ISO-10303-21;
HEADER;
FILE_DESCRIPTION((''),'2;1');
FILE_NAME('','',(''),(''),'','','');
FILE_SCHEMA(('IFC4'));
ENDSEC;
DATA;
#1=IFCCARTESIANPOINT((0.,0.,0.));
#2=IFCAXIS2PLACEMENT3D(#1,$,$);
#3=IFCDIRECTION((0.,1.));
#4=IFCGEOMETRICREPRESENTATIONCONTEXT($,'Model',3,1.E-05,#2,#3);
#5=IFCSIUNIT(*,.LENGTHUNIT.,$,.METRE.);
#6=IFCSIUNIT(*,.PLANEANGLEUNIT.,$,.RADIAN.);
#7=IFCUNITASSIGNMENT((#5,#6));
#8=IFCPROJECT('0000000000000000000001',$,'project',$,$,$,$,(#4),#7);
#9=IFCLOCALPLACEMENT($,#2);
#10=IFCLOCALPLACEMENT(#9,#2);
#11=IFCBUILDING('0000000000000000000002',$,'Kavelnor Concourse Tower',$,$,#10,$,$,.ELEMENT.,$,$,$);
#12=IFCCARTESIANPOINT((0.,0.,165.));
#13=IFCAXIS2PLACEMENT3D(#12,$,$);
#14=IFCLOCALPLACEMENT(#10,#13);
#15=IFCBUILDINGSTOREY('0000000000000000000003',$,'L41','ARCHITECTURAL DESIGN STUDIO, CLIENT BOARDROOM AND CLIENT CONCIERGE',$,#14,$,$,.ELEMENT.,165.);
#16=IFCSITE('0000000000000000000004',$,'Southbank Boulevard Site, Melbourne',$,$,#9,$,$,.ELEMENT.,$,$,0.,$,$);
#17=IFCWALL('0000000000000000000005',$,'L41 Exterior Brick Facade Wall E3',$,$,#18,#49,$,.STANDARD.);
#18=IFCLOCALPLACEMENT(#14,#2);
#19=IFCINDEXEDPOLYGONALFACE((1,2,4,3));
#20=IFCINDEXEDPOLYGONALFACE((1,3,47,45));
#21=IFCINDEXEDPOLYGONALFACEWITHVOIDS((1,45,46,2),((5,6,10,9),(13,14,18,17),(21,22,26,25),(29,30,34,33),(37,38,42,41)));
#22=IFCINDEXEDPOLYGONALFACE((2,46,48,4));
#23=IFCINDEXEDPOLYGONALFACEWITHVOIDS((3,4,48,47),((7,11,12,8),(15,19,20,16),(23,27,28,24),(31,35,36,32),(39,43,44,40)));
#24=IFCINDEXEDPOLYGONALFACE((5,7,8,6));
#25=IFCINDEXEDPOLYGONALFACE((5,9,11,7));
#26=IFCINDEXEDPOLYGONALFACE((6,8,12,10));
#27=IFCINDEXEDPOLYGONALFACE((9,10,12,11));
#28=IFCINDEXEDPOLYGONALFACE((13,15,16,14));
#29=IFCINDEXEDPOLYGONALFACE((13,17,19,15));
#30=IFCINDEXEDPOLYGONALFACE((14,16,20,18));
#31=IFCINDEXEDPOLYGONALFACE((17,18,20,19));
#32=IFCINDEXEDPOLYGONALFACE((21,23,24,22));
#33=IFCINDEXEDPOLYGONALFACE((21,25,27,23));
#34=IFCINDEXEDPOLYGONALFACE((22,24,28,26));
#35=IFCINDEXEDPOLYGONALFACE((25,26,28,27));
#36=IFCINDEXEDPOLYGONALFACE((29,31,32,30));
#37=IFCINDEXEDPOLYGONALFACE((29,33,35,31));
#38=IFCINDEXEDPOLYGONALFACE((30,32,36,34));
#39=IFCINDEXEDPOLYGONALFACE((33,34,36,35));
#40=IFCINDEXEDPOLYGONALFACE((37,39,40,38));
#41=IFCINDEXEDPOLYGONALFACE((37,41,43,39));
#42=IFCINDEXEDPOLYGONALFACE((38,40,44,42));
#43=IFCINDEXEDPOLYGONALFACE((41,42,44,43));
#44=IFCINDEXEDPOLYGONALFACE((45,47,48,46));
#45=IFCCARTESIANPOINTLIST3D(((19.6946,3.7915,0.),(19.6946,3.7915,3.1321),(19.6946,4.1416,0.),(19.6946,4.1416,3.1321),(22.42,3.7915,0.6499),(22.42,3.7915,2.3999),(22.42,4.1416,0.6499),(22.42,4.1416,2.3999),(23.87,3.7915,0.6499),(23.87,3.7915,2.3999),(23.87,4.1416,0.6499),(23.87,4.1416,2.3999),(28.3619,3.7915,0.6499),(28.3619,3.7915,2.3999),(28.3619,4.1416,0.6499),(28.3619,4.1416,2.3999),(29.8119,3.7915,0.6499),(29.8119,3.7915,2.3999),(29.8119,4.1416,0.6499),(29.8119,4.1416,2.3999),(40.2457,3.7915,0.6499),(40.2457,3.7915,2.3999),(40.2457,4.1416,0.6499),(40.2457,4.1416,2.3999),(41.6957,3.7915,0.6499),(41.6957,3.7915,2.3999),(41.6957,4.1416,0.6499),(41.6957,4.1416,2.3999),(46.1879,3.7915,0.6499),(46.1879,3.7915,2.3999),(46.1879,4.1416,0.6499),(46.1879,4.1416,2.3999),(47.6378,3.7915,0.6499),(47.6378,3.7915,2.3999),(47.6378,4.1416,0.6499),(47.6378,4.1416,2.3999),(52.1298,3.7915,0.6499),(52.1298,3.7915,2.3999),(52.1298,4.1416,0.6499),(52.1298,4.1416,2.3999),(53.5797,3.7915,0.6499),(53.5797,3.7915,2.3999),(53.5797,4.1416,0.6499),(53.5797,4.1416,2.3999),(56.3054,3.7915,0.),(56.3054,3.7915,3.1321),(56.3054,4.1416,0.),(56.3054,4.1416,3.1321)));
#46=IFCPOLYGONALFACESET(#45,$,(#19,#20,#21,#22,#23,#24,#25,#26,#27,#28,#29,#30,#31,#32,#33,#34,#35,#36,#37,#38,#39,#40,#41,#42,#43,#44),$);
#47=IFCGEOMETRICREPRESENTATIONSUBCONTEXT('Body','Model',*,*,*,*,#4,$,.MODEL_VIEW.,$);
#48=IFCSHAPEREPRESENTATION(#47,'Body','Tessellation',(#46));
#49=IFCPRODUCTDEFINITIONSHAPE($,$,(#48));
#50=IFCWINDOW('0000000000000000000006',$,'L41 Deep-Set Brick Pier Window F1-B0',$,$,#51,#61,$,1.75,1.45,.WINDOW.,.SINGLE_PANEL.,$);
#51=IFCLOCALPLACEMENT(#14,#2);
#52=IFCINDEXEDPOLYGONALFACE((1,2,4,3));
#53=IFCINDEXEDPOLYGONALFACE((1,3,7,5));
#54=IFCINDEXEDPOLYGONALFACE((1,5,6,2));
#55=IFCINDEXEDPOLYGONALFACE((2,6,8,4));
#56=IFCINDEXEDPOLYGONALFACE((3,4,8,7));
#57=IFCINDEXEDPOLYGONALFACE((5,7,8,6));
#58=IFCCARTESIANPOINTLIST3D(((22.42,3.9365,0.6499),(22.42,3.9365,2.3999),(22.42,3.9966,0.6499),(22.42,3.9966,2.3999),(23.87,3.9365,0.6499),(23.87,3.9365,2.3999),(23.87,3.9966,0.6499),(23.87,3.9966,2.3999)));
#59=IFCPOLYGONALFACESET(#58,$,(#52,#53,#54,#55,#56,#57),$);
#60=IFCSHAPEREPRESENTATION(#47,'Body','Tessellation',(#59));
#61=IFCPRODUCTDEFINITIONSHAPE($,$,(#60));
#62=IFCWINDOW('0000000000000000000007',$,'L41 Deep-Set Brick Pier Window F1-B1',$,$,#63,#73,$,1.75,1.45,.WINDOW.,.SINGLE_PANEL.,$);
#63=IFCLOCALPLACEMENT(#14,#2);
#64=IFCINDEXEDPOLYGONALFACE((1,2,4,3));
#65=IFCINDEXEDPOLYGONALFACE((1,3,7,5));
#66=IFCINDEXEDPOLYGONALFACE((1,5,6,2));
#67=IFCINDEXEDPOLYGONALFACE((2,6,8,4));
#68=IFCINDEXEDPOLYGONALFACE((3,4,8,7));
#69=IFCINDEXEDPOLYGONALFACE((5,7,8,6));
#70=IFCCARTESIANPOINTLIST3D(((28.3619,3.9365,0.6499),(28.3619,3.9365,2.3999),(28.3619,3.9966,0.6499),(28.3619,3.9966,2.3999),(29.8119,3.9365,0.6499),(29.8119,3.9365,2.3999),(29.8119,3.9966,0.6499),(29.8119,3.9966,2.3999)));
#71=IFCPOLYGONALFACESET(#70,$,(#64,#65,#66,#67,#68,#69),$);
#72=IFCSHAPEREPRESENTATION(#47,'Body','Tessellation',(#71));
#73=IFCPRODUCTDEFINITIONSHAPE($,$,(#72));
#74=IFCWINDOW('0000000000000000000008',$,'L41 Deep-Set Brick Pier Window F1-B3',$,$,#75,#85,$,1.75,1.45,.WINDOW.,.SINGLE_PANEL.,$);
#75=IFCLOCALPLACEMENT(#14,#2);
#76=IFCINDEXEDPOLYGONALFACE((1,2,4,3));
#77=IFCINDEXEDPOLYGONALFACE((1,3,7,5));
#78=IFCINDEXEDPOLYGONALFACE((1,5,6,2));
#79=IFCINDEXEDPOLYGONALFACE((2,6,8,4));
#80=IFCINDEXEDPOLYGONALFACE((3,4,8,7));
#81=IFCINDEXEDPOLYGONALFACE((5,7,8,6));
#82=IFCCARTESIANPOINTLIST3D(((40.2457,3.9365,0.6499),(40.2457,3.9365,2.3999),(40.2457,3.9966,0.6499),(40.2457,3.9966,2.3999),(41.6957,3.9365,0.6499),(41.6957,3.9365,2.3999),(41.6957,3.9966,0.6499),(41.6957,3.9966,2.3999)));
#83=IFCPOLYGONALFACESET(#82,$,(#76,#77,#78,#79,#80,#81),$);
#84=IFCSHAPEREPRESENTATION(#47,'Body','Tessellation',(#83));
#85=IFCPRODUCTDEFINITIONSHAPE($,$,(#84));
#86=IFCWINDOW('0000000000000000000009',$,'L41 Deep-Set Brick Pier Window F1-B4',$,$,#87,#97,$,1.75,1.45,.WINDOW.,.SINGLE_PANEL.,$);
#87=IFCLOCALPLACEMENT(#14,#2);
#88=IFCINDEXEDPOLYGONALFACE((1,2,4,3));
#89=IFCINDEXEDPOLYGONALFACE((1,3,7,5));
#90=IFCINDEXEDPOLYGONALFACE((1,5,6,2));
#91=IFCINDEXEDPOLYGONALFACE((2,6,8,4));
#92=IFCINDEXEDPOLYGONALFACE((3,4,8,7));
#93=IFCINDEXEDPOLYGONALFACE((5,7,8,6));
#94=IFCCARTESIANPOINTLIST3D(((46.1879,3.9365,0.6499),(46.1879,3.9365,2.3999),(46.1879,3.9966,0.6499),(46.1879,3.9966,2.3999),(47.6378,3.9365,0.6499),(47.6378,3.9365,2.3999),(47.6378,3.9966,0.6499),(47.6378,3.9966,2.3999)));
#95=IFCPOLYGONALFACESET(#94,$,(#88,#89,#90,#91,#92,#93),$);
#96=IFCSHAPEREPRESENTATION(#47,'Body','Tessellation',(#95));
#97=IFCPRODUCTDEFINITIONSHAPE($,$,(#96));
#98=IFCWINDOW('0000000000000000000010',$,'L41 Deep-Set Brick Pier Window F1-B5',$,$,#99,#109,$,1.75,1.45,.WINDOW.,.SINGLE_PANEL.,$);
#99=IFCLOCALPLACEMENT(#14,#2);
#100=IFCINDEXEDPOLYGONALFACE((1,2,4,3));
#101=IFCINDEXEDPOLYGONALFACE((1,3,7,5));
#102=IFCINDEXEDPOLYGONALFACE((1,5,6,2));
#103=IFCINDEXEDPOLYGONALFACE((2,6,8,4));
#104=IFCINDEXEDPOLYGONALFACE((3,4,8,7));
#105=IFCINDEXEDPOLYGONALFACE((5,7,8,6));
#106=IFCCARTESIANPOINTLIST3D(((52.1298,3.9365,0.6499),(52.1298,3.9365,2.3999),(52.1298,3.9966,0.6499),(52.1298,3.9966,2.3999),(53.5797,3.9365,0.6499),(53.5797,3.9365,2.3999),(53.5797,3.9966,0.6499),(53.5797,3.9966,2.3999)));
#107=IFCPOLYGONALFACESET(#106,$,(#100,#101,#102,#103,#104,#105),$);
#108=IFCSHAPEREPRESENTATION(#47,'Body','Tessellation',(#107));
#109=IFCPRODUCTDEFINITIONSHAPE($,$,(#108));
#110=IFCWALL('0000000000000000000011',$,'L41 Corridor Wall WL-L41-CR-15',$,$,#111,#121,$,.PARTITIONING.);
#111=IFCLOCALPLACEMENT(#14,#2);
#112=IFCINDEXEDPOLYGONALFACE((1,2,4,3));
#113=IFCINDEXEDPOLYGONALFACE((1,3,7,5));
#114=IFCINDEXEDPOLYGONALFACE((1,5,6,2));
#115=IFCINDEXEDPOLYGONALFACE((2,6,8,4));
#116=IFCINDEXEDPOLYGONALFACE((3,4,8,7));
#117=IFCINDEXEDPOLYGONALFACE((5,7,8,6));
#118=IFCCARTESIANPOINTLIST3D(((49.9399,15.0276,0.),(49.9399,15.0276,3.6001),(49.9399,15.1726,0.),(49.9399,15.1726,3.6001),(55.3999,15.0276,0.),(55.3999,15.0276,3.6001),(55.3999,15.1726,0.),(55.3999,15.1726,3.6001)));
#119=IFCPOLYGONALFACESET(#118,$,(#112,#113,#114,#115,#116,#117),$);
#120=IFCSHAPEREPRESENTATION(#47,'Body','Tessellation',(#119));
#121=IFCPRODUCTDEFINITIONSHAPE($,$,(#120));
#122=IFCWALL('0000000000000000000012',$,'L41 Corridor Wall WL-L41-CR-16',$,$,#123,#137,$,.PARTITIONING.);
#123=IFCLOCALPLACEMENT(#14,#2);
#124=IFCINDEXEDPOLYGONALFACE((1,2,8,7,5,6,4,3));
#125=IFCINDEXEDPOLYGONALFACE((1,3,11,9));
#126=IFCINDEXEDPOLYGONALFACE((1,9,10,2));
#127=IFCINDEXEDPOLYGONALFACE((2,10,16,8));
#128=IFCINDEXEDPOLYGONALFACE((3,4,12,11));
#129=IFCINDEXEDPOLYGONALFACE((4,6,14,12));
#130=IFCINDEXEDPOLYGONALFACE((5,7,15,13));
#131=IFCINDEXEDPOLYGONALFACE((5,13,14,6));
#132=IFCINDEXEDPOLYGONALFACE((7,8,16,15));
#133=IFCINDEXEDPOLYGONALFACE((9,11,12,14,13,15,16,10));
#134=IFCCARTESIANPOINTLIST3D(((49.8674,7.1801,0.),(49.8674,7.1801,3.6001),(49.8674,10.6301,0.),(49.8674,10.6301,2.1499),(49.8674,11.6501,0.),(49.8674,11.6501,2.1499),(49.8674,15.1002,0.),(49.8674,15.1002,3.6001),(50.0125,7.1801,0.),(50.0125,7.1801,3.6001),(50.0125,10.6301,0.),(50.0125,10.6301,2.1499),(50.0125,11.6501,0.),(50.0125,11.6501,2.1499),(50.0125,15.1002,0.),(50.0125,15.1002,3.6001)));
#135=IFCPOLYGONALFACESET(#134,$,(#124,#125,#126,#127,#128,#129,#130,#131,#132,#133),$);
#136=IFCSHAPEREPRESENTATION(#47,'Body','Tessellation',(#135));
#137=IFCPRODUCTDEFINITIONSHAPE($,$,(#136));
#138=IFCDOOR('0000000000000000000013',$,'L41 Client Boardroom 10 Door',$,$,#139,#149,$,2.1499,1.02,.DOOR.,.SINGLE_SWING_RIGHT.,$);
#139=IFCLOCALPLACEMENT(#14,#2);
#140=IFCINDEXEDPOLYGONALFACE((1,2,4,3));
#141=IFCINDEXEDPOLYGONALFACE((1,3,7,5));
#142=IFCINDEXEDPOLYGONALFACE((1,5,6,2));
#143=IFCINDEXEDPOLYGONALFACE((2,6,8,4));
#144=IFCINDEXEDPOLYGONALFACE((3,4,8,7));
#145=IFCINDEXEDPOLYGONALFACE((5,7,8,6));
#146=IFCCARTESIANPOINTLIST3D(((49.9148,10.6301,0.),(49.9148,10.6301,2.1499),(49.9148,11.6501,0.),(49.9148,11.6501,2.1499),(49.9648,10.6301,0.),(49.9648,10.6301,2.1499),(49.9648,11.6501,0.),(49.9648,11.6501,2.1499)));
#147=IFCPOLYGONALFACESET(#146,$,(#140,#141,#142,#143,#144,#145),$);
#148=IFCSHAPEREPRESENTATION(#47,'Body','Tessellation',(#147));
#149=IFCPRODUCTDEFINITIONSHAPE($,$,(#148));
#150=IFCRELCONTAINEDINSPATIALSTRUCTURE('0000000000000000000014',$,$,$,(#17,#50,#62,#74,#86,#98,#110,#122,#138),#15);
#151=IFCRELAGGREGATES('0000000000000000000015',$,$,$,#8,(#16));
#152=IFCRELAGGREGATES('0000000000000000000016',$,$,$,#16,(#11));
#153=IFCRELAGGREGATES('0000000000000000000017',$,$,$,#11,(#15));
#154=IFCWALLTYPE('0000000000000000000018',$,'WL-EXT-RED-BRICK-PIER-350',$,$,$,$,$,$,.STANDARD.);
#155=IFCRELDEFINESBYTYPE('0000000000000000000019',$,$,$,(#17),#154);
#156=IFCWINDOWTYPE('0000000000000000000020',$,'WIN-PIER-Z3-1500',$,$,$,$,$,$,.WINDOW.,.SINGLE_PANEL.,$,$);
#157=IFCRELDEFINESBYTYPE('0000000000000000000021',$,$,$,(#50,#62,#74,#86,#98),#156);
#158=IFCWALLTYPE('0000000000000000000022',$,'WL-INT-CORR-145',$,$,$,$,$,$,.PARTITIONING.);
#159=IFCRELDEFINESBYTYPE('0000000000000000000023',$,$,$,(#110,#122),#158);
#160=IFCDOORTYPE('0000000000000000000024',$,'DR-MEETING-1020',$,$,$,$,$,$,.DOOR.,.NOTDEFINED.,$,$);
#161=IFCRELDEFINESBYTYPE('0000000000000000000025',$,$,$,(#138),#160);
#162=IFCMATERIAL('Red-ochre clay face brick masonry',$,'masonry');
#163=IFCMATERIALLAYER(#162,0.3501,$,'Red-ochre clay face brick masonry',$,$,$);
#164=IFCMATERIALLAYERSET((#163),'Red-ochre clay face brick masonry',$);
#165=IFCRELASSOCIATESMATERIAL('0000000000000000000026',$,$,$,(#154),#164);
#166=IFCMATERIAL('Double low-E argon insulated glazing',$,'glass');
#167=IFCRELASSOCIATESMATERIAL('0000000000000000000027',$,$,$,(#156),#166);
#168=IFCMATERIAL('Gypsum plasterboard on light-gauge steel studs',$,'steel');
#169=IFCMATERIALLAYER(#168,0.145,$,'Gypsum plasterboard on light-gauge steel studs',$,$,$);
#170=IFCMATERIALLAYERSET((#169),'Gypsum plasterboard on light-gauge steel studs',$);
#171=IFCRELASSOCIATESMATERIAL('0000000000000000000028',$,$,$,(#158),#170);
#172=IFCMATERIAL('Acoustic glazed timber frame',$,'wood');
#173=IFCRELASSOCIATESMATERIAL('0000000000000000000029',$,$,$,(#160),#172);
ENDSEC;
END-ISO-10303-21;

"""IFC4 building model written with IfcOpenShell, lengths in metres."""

from ifc_helpers import new_model, si_unit, direction, frame, frame_2d, origin, place, context, subcontext, project, spatial, rectangle, extrude, material, layer, layer_set, type_object, element, fill, save


model = new_model("IFC4")

# Units and contexts
model_context = context("Model", 3, precision=1e-05, world=origin(), true_north=direction((0.0, 1.0)))
body_context = subcontext(model_context, "Body", "Model", "MODEL_VIEW")
ifc_project = project(units=[si_unit("LENGTHUNIT", "METRE"), si_unit("PLANEANGLEUNIT", "RADIAN")], contexts=[model_context])

# Site, building, storey
site_placement = place(None, origin())
site = spatial("IfcSite", under=ifc_project, at=site_placement, Name="Southbank Boulevard Site, Melbourne", CompositionType="ELEMENT", RefElevation=0.0)
building_placement = place(site_placement, origin())
building = spatial("IfcBuilding", under=site, at=building_placement, Name="Kavelnor Concourse Tower", CompositionType="ELEMENT")
storey_placement = place(building_placement, frame((0.0, 0.0, 165.0)))
storey = spatial("IfcBuildingStorey", under=building, at=storey_placement, Name="L41", Description="ARCHITECTURAL DESIGN STUDIO, CLIENT BOARDROOM AND CLIENT CONCIERGE", CompositionType="ELEMENT", Elevation=165.0)

# Shared definitions
ifc_material_1 = material(Name="Double low-E argon insulated glazing", Category="glass")

# Wall, openings, windows
ifc_material_2 = material(Name="Red-ochre clay face brick masonry", Category="masonry")
ifc_layer_1 = layer(ifc_material_2, 0.3501, Name="Red-ochre clay face brick masonry")
ifc_layer_set_1 = layer_set([ifc_layer_1], Name="Red-ochre clay face brick masonry")
wall_type_1 = type_object("IfcWallType", Name="WL-EXT-RED-BRICK-PIER-350", PredefinedType="STANDARD", material=ifc_layer_set_1)
wall_1_placement = place(storey_placement, frame((56.3054, 3.9666, 0.0), z_axis=(0.0, 0.0, 1.0), x_axis=(-1.0, 0.0, 0.0)))
wall_1 = element("IfcWall", 1, at=wall_1_placement, inside=storey, type_object=wall_type_1, Name="L41 Exterior Brick Facade Wall E3", PredefinedType="STANDARD", context=body_context, shape_type="SweptSolid", body=[
    extrude(rectangle(XDim=36.6108, YDim=0.3501, at=frame_2d((18.3054, 0.0))), origin(), (0.0, 0.0, 1.0), 3.1321),
])
opening_1_placement = place(wall_1_placement, frame((32.4353, 0.0, 0.6499)))
opening_1 = element("IfcOpeningElement", 2, at=opening_1_placement, cuts=wall_1, PredefinedType="OPENING", context=body_context, shape_type="SweptSolid", body=[
    extrude(rectangle(XDim=1.45, YDim=1.75, at=frame_2d((0.7251, 0.875))), frame((0.0, 0.1851, 0.0), z_axis=(0.0, -1.0, 0.0), x_axis=(1.0, 0.0, 0.0)), (0.0, 0.0, 1.0), 0.3701),
])
opening_2_placement = place(wall_1_placement, frame((26.4934, 0.0, 0.6499)))
opening_2 = element("IfcOpeningElement", 3, at=opening_2_placement, cuts=wall_1, PredefinedType="OPENING", context=body_context, shape_type="SweptSolid", body=[
    extrude(rectangle(XDim=1.45, YDim=1.75, at=frame_2d((0.7251, 0.875))), frame((0.0, 0.1851, 0.0), z_axis=(0.0, -1.0, 0.0), x_axis=(1.0, 0.0, 0.0)), (0.0, 0.0, 1.0), 0.3701),
])
opening_3_placement = place(wall_1_placement, frame((14.6096, 0.0, 0.6499)))
opening_3 = element("IfcOpeningElement", 4, at=opening_3_placement, cuts=wall_1, PredefinedType="OPENING", context=body_context, shape_type="SweptSolid", body=[
    extrude(rectangle(XDim=1.45, YDim=1.75, at=frame_2d((0.7251, 0.875))), frame((0.0, 0.1851, 0.0), z_axis=(0.0, -1.0, 0.0), x_axis=(1.0, 0.0, 0.0)), (0.0, 0.0, 1.0), 0.3701),
])
opening_4_placement = place(wall_1_placement, frame((8.6675, 0.0, 0.6499)))
opening_4 = element("IfcOpeningElement", 5, at=opening_4_placement, cuts=wall_1, PredefinedType="OPENING", context=body_context, shape_type="SweptSolid", body=[
    extrude(rectangle(XDim=1.45, YDim=1.75, at=frame_2d((0.7251, 0.875))), frame((0.0, 0.1851, 0.0), z_axis=(0.0, -1.0, 0.0), x_axis=(1.0, 0.0, 0.0)), (0.0, 0.0, 1.0), 0.3701),
])
opening_5_placement = place(wall_1_placement, frame((2.7256, 0.0, 0.6499)))
opening_5 = element("IfcOpeningElement", 6, at=opening_5_placement, cuts=wall_1, PredefinedType="OPENING", context=body_context, shape_type="SweptSolid", body=[
    extrude(rectangle(XDim=1.45, YDim=1.75, at=frame_2d((0.7251, 0.875))), frame((0.0, 0.1851, 0.0), z_axis=(0.0, -1.0, 0.0), x_axis=(1.0, 0.0, 0.0)), (0.0, 0.0, 1.0), 0.3701),
])
window_type_1 = type_object("IfcWindowType", Name="WIN-PIER-Z3-1500", PartitioningType="SINGLE_PANEL", PredefinedType="WINDOW", material=ifc_material_1)
window_1_placement = place(opening_1_placement, origin())
window_1 = element("IfcWindow", 7, at=window_1_placement, inside=storey, type_object=window_type_1, Name="L41 Deep-Set Brick Pier Window F1-B0", OverallHeight=1.75, OverallWidth=1.45, PartitioningType="SINGLE_PANEL", PredefinedType="WINDOW", context=body_context, shape_type="SweptSolid", body=[
    extrude(rectangle(XDim=1.45, YDim=1.75, at=frame_2d((0.7251, 0.875))), frame((0.0, 0.03, 0.0), z_axis=(0.0, -1.0, 0.0), x_axis=(1.0, 0.0, 0.0)), (0.0, 0.0, 1.0), 0.0601),
])
fill(opening_1, window_1)
window_2_placement = place(opening_2_placement, origin())
window_2 = element("IfcWindow", 8, at=window_2_placement, inside=storey, type_object=window_type_1, Name="L41 Deep-Set Brick Pier Window F1-B1", OverallHeight=1.75, OverallWidth=1.45, PartitioningType="SINGLE_PANEL", PredefinedType="WINDOW", context=body_context, shape_type="SweptSolid", body=[
    extrude(rectangle(XDim=1.45, YDim=1.75, at=frame_2d((0.7251, 0.875))), frame((0.0, 0.03, 0.0), z_axis=(0.0, -1.0, 0.0), x_axis=(1.0, 0.0, 0.0)), (0.0, 0.0, 1.0), 0.0601),
])
fill(opening_2, window_2)
window_3_placement = place(opening_3_placement, origin())
window_3 = element("IfcWindow", 9, at=window_3_placement, inside=storey, type_object=window_type_1, Name="L41 Deep-Set Brick Pier Window F1-B3", OverallHeight=1.75, OverallWidth=1.45, PartitioningType="SINGLE_PANEL", PredefinedType="WINDOW", context=body_context, shape_type="SweptSolid", body=[
    extrude(rectangle(XDim=1.45, YDim=1.75, at=frame_2d((0.7251, 0.875))), frame((0.0, 0.03, 0.0), z_axis=(0.0, -1.0, 0.0), x_axis=(1.0, 0.0, 0.0)), (0.0, 0.0, 1.0), 0.0601),
])
fill(opening_3, window_3)
window_4_placement = place(opening_4_placement, origin())
window_4 = element("IfcWindow", 10, at=window_4_placement, inside=storey, type_object=window_type_1, Name="L41 Deep-Set Brick Pier Window F1-B4", OverallHeight=1.75, OverallWidth=1.45, PartitioningType="SINGLE_PANEL", PredefinedType="WINDOW", context=body_context, shape_type="SweptSolid", body=[
    extrude(rectangle(XDim=1.45, YDim=1.75, at=frame_2d((0.7251, 0.875))), frame((0.0, 0.03, 0.0), z_axis=(0.0, -1.0, 0.0), x_axis=(1.0, 0.0, 0.0)), (0.0, 0.0, 1.0), 0.0601),
])
fill(opening_4, window_4)
window_5_placement = place(opening_5_placement, origin())
window_5 = element("IfcWindow", 11, at=window_5_placement, inside=storey, type_object=window_type_1, Name="L41 Deep-Set Brick Pier Window F1-B5", OverallHeight=1.75, OverallWidth=1.45, PartitioningType="SINGLE_PANEL", PredefinedType="WINDOW", context=body_context, shape_type="SweptSolid", body=[
    extrude(rectangle(XDim=1.45, YDim=1.75, at=frame_2d((0.7251, 0.875))), frame((0.0, 0.03, 0.0), z_axis=(0.0, -1.0, 0.0), x_axis=(1.0, 0.0, 0.0)), (0.0, 0.0, 1.0), 0.0601),
])
fill(opening_5, window_5)

# Wall
ifc_material_3 = material(Name="Gypsum plasterboard on light-gauge steel studs", Category="steel")
ifc_layer_2 = layer(ifc_material_3, 0.145, Name="Gypsum plasterboard on light-gauge steel studs")
ifc_layer_set_2 = layer_set([ifc_layer_2], Name="Gypsum plasterboard on light-gauge steel studs")
wall_type_2 = type_object("IfcWallType", Name="WL-INT-CORR-145", PredefinedType="PARTITIONING", material=ifc_layer_set_2)
wall_2_placement = place(storey_placement, frame((55.3999, 15.1001, 0.0), z_axis=(0.0, 0.0, 1.0), x_axis=(-1.0, 0.0, 0.0)))
element("IfcWall", 12, at=wall_2_placement, inside=storey, type_object=wall_type_2, Name="L41 Corridor Wall WL-L41-CR-15", PredefinedType="PARTITIONING", context=body_context, shape_type="SweptSolid", body=[
    extrude(rectangle(XDim=5.46, YDim=0.145, at=frame_2d((2.73, 0.0))), origin(), (0.0, 0.0, 1.0), 3.6001),
])

# Wall, opening, door
wall_3_placement = place(storey_placement, frame((49.9399, 15.1001, 0.0), z_axis=(0.0, 0.0, 1.0), x_axis=(0.0, -1.0, 0.0)))
wall_3 = element("IfcWall", 13, at=wall_3_placement, inside=storey, type_object=wall_type_2, Name="L41 Corridor Wall WL-L41-CR-16", PredefinedType="PARTITIONING", context=body_context, shape_type="SweptSolid", body=[
    extrude(rectangle(XDim=7.9202, YDim=0.145, at=frame_2d((3.96, 0.0))), origin(), (0.0, 0.0, 1.0), 3.6001),
])
opening_6_placement = place(wall_3_placement, frame((3.45, 0.0, 0.0)))
opening_6 = element("IfcOpeningElement", 14, at=opening_6_placement, cuts=wall_3, PredefinedType="OPENING", context=body_context, shape_type="SweptSolid", body=[
    extrude(rectangle(XDim=1.02, YDim=2.1499, at=frame_2d((0.51, 1.075))), frame((0.0, 0.0825, 0.0), z_axis=(0.0, -1.0, 0.0), x_axis=(1.0, 0.0, 0.0)), (0.0, 0.0, 1.0), 0.165),
])
ifc_material_4 = material(Name="Acoustic glazed timber frame", Category="wood")
door_type_1 = type_object("IfcDoorType", Name="DR-MEETING-1020", OperationType="NOTDEFINED", PredefinedType="DOOR", material=ifc_material_4)
door_1_placement = place(opening_6_placement, origin())
door_1 = element("IfcDoor", 15, at=door_1_placement, inside=storey, type_object=door_type_1, Name="L41 Client Boardroom 10 Door", OperationType="SINGLE_SWING_RIGHT", OverallHeight=2.1499, OverallWidth=1.02, PredefinedType="DOOR", context=body_context, shape_type="SweptSolid", body=[
    extrude(rectangle(XDim=1.02, YDim=2.1499, at=frame_2d((0.51, 1.075))), frame((0.0, 0.0249, 0.0), z_axis=(0.0, -1.0, 0.0), x_axis=(1.0, 0.0, 0.0)), (0.0, 0.0, 1.0), 0.05),
])
fill(opening_6, door_1)

save(model, "model.ifc")
